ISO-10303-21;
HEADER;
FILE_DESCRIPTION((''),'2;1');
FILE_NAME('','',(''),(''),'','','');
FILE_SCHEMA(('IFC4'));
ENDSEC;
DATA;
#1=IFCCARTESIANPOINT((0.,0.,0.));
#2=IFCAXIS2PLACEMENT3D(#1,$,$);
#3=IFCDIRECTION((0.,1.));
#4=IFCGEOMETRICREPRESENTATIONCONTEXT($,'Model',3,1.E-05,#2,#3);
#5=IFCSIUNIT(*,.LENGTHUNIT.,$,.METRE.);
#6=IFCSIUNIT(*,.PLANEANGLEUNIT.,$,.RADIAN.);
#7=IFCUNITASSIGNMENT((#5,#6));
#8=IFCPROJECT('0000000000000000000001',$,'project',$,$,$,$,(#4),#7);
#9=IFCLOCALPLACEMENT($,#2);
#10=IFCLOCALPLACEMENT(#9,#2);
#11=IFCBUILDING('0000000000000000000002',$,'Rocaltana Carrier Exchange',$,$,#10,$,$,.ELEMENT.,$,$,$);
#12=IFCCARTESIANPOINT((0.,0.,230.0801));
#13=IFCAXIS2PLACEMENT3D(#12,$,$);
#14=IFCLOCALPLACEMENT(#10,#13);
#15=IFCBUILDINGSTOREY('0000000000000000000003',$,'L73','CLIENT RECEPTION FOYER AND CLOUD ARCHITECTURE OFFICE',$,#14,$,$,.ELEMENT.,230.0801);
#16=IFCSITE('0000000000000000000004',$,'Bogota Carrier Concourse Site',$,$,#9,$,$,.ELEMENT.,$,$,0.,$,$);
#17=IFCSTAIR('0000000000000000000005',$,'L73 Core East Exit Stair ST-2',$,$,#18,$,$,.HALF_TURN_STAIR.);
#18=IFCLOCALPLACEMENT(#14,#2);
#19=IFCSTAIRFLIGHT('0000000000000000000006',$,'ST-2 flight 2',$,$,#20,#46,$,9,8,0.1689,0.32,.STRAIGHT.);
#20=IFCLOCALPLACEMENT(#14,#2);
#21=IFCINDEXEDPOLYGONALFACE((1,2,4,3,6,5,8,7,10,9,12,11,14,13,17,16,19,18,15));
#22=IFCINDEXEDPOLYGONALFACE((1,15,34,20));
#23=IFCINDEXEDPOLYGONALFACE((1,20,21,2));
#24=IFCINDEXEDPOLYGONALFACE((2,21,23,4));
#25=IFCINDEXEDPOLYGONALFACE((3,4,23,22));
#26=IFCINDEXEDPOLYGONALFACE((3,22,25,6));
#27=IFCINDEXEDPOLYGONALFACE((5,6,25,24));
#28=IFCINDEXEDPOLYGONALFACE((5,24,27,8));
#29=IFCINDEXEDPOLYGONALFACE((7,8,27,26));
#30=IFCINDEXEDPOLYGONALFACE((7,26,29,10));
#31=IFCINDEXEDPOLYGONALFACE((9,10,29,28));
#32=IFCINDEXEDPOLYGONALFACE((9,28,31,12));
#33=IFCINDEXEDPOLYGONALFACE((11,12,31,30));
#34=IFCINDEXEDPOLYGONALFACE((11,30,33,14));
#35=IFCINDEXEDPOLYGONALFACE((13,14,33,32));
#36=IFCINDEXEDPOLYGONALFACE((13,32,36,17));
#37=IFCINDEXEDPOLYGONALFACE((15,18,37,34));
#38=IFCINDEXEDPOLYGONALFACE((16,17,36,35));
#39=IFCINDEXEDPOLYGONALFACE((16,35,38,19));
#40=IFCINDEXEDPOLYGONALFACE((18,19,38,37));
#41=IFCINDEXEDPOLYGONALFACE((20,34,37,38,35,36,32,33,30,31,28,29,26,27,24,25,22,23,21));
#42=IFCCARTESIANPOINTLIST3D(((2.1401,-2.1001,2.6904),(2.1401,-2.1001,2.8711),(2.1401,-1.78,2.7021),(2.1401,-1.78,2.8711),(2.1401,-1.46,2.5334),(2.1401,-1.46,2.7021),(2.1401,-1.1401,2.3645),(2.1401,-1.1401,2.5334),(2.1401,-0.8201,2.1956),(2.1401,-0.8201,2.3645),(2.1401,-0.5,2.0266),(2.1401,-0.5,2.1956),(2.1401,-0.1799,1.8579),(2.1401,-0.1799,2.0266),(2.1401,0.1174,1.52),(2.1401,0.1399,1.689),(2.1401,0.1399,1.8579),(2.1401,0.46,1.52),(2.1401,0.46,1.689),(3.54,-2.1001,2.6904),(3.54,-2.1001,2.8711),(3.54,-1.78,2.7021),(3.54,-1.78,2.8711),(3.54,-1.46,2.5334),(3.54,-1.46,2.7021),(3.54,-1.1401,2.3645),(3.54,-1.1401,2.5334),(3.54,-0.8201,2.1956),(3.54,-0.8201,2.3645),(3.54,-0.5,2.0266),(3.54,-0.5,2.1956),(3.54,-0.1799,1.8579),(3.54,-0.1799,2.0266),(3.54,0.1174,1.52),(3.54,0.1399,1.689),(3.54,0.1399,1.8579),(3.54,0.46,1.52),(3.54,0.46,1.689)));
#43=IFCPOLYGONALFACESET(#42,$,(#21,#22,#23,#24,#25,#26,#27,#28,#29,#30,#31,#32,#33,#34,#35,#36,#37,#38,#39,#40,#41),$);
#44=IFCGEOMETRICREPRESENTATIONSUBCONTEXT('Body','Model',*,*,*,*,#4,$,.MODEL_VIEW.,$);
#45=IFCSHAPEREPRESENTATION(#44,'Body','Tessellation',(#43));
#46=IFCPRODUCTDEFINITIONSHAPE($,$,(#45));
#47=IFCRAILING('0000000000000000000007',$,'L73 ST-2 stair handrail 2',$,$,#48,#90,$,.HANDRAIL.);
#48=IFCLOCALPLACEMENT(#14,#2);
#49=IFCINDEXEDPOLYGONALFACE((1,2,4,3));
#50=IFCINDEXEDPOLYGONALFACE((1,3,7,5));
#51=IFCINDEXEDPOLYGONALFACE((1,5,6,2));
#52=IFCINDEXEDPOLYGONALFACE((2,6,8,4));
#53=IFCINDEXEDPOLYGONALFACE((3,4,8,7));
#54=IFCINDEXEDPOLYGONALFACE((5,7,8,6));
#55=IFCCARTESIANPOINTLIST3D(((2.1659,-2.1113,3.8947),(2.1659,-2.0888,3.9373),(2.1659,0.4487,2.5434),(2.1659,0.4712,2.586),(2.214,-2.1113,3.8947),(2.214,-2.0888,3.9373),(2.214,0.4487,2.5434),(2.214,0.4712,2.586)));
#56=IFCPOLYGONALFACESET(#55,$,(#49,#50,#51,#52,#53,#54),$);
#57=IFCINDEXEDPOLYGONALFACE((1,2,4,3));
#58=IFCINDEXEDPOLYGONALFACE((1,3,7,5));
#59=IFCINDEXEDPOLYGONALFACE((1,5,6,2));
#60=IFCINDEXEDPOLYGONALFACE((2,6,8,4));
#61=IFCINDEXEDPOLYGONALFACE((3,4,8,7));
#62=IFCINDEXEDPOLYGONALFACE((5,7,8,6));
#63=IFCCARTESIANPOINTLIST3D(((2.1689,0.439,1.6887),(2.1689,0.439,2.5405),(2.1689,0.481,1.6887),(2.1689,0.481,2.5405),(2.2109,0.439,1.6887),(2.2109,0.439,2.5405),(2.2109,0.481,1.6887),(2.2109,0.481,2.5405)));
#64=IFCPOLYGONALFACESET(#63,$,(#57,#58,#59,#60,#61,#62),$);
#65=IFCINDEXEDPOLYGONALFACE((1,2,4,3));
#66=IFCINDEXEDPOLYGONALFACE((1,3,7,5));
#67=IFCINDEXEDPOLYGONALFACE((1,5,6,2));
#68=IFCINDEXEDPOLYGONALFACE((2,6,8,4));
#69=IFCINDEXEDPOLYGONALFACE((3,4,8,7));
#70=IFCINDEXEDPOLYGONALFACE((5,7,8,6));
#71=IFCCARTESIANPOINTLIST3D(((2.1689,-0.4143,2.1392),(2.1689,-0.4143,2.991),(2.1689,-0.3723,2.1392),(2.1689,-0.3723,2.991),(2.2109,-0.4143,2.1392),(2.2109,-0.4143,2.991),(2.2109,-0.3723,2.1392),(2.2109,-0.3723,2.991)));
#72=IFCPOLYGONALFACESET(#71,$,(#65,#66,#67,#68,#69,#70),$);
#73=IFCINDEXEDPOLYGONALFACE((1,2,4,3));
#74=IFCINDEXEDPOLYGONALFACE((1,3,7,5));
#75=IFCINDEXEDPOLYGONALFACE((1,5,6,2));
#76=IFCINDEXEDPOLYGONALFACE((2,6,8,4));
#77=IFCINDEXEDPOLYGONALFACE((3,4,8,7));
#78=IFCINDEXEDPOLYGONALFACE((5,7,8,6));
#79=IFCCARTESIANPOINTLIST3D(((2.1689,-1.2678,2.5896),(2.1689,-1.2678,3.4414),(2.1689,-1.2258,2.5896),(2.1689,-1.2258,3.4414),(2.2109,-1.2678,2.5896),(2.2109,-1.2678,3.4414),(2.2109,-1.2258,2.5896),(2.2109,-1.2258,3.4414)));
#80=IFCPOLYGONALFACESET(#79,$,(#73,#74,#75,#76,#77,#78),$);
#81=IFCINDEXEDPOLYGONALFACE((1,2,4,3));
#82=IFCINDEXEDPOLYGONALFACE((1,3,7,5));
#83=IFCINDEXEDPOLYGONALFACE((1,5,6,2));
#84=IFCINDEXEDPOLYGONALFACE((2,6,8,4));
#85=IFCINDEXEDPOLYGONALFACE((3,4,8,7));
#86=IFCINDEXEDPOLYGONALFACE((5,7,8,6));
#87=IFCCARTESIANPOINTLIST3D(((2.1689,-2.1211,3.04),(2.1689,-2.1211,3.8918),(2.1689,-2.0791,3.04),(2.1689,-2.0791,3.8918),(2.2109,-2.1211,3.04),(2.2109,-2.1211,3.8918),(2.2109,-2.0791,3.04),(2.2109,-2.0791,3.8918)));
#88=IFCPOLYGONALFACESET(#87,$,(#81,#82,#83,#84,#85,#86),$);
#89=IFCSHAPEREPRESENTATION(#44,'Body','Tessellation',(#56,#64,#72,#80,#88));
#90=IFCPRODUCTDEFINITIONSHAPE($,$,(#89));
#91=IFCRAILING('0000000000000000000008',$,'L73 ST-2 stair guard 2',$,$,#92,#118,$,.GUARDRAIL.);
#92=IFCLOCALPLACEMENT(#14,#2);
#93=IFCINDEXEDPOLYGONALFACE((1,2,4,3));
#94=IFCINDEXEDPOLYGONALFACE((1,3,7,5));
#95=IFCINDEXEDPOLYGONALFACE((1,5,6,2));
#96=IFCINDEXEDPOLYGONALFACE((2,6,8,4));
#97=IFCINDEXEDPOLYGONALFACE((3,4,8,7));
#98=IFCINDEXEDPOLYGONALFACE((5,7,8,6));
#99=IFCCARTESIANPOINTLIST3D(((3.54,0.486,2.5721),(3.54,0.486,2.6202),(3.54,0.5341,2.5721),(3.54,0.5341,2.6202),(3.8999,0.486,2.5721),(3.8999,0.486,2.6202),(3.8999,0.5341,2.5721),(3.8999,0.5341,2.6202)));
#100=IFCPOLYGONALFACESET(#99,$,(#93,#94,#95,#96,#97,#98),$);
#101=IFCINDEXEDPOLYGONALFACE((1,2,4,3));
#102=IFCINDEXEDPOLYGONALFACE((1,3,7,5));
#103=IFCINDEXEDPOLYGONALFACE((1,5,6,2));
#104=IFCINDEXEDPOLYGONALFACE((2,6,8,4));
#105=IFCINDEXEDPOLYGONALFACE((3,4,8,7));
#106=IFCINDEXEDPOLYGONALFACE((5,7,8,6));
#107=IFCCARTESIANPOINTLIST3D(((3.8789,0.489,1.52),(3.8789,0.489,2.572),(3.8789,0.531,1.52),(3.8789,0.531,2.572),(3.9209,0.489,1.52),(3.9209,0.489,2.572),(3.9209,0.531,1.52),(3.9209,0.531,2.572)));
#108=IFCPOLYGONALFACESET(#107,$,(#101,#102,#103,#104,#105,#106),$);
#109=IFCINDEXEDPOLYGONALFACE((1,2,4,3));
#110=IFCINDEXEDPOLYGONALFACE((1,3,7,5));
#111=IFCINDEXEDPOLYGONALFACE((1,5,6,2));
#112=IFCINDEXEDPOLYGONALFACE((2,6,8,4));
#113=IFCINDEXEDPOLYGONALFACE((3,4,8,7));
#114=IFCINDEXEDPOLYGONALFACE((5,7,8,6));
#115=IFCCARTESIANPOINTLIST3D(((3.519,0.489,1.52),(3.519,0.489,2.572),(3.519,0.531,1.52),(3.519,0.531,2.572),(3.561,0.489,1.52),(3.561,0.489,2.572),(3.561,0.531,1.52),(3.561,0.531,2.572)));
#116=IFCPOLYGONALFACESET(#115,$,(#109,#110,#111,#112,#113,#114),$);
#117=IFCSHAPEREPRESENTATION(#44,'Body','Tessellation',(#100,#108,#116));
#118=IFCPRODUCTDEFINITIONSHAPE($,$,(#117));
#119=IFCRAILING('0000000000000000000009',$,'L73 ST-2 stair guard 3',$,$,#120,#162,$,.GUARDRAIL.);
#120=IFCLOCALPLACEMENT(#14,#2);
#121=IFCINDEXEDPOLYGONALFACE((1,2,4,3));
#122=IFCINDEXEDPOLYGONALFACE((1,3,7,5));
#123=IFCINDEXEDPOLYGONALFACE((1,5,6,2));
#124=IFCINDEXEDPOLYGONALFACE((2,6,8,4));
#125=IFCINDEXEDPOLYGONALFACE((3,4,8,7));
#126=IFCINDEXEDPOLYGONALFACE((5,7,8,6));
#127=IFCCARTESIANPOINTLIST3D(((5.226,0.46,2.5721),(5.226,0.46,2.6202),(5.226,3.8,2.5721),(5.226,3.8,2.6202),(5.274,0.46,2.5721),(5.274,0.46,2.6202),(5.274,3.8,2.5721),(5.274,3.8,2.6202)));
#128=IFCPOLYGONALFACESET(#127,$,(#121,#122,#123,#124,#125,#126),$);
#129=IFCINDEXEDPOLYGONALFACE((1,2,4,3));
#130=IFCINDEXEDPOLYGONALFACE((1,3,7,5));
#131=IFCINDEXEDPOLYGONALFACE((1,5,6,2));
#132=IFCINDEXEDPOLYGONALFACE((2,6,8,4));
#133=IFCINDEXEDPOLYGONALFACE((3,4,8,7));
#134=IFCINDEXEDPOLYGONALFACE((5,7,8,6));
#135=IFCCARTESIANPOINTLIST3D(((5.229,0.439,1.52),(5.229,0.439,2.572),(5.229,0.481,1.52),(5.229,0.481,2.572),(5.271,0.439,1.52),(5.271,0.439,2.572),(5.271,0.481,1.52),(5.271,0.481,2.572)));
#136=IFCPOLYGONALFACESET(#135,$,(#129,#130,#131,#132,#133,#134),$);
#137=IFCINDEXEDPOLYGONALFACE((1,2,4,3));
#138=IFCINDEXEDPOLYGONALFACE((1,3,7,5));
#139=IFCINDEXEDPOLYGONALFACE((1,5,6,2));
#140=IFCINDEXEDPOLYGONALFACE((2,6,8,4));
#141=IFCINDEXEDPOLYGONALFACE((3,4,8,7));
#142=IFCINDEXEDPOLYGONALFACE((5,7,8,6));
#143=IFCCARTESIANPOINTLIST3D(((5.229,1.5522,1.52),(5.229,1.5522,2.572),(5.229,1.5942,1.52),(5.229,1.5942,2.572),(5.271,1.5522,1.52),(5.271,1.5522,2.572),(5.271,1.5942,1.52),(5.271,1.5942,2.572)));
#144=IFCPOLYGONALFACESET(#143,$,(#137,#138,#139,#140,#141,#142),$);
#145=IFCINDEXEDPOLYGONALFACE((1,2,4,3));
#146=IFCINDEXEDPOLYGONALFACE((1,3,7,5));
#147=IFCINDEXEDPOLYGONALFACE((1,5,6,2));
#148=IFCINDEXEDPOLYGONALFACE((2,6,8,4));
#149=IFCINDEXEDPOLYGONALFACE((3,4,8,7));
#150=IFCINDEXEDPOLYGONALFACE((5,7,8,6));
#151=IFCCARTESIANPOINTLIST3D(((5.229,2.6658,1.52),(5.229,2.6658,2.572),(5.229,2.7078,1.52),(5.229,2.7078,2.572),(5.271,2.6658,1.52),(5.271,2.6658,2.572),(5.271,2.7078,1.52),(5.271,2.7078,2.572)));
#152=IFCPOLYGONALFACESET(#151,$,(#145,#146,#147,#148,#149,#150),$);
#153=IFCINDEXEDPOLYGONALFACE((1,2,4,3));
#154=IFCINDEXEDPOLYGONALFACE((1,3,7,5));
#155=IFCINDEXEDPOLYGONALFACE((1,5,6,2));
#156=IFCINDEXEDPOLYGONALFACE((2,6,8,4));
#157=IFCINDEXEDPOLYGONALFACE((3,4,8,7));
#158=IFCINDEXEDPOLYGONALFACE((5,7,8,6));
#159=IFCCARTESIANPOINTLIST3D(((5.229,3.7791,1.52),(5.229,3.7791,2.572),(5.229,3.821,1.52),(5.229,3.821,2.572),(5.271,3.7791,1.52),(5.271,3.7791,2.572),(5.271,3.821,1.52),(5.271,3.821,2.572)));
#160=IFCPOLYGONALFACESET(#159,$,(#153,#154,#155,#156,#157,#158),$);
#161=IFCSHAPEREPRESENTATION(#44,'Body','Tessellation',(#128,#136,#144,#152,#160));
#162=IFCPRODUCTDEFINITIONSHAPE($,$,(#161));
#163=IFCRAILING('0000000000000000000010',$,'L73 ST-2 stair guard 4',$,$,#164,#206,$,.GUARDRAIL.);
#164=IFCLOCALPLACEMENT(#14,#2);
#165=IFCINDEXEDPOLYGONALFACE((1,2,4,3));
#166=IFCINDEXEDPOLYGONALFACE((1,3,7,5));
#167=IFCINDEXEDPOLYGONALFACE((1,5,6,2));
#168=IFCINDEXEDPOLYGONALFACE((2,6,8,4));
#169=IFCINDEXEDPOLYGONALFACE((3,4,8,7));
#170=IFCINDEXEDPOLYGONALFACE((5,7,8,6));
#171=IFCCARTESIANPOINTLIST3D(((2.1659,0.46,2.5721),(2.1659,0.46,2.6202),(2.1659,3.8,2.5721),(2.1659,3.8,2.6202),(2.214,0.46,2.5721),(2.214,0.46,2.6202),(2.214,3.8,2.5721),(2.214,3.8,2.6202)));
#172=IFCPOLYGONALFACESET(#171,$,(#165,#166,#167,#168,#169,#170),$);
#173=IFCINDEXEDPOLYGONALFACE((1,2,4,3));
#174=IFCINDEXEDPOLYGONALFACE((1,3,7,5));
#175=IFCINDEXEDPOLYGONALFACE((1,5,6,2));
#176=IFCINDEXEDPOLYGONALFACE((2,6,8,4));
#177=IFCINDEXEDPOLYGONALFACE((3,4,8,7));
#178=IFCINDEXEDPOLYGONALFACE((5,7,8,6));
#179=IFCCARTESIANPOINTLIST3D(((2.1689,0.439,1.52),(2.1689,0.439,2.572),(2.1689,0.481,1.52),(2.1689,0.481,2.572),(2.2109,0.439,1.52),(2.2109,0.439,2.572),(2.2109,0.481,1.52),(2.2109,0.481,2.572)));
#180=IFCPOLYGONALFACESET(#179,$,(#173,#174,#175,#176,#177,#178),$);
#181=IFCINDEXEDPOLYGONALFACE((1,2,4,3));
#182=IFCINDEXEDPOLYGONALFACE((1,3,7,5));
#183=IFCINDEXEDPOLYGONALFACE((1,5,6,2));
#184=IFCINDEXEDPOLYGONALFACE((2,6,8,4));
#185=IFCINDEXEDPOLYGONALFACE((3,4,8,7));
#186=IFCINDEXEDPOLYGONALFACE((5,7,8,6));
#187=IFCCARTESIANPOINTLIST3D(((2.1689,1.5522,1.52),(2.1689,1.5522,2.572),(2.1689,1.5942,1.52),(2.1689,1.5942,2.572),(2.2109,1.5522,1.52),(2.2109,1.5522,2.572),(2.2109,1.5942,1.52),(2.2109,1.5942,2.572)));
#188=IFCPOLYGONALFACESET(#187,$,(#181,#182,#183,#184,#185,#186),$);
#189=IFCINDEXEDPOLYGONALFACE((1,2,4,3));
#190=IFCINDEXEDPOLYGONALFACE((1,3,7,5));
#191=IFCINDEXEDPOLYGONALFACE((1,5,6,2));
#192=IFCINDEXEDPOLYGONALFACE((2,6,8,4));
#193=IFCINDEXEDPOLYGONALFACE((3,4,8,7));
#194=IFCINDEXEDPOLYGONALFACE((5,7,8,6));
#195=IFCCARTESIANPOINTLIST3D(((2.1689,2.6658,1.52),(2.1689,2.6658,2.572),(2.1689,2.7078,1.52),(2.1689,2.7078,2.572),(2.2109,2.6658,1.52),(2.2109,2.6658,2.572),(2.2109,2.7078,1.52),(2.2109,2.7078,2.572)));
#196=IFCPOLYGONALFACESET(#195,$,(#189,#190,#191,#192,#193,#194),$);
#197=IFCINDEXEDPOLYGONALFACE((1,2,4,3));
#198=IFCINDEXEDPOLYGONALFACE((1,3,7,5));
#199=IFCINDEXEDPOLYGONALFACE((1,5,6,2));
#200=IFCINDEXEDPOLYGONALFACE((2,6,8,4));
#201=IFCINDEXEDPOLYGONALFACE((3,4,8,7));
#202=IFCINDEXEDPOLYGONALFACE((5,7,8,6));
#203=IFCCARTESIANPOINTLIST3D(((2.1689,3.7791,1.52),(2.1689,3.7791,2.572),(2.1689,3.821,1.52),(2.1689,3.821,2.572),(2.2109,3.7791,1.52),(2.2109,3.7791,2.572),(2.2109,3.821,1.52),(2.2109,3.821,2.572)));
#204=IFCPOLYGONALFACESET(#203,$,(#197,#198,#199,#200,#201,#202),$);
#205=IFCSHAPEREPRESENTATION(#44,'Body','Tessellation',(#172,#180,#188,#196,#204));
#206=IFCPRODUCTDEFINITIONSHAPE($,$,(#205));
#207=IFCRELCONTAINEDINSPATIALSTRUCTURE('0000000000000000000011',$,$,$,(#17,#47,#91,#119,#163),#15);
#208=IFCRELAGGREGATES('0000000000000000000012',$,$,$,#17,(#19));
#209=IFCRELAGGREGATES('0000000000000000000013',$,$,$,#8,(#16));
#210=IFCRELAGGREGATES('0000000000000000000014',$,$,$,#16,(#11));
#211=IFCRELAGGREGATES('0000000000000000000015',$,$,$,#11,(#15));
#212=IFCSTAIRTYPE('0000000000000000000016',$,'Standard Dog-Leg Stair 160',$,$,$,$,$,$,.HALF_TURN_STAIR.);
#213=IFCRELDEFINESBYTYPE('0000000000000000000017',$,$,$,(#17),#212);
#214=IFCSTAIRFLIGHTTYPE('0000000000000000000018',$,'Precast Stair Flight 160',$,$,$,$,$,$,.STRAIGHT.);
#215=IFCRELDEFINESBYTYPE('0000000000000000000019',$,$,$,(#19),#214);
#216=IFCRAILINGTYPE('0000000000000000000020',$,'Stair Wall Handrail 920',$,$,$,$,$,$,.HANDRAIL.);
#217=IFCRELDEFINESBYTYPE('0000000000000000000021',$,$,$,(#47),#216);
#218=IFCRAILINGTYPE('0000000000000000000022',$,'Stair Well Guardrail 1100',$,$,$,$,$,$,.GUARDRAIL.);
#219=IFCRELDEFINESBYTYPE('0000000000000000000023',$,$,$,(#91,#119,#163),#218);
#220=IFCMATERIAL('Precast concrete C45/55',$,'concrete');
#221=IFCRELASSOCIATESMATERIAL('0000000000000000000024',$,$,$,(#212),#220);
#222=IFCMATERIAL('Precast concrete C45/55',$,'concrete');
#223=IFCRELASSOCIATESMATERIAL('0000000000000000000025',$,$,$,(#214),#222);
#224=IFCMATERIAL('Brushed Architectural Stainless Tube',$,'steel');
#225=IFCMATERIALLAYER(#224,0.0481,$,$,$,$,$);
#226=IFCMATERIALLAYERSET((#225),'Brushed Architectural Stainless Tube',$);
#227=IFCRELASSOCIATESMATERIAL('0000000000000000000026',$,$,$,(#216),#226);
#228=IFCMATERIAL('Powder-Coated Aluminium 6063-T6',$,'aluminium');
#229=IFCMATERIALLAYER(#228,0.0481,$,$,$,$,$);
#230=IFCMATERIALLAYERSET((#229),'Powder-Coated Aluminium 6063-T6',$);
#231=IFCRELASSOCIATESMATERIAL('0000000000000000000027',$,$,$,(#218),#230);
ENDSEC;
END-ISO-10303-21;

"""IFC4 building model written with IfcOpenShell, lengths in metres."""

from ifc_helpers import new_model, si_unit, direction, frame, origin, origin_2d, place, context, subcontext, project, spatial, polyline, rectangle, outline, extrude, material, layer, layer_set, type_object, element, aggregate, save


model = new_model("IFC4")

# Units and contexts
model_context = context("Model", 3, precision=1e-05, world=origin(), true_north=direction((0.0, 1.0)))
body_context = subcontext(model_context, "Body", "Model", "MODEL_VIEW")
ifc_project = project(units=[si_unit("LENGTHUNIT", "METRE"), si_unit("PLANEANGLEUNIT", "RADIAN")], contexts=[model_context])

# Site, building, storey
site_placement = place(None, origin())
site = spatial("IfcSite", under=ifc_project, at=site_placement, Name="Bogota Carrier Concourse Site", CompositionType="ELEMENT", RefElevation=0.0)
building_placement = place(site_placement, origin())
building = spatial("IfcBuilding", under=site, at=building_placement, Name="Rocaltana Carrier Exchange", CompositionType="ELEMENT")
storey_placement = place(building_placement, frame((0.0, 0.0, 230.0801)))
storey = spatial("IfcBuildingStorey", under=building, at=storey_placement, Name="L73", Description="CLIENT RECEPTION FOYER AND CLOUD ARCHITECTURE OFFICE", CompositionType="ELEMENT", Elevation=230.0801)

# Stair, stair flight
ifc_material_1 = material(Name="Precast concrete C45/55", Category="concrete")
stair_type = type_object("IfcStairType", Name="Standard Dog-Leg Stair 160", PredefinedType="HALF_TURN_STAIR", material=ifc_material_1)
stair_placement = place(storey_placement, origin())
stair = element("IfcStair", 1, at=stair_placement, inside=storey, type_object=stair_type, Name="L73 Core East Exit Stair ST-2", PredefinedType="HALF_TURN_STAIR")
ifc_material_2 = material(Name="Precast concrete C45/55", Category="concrete")
stair_flight_type = type_object("IfcStairFlightType", Name="Precast Stair Flight 160", PredefinedType="STRAIGHT", material=ifc_material_2)
stair_flight_placement = place(storey_placement, frame((2.8401, 0.46, 1.52), z_axis=(0.0, 0.0, 1.0), x_axis=(0.0, -1.0, 0.0)))
stair_flight = element("IfcStairFlight", 2, at=stair_flight_placement, type_object=stair_flight_type, Name="ST-2 flight 2", NumberOfRisers=9, NumberOfTreads=8, PredefinedType="STRAIGHT", RiserHeight=0.1689, TreadLength=0.32, context=body_context, shape_type="SweptSolid", body=[
    extrude(outline(polyline([(0.0, 0.0), (0.0, 0.1689), (0.3201, 0.1689), (0.3201, 0.3379), (0.6399, 0.3379), (0.6399, 0.5066), (0.96, 0.5066), (0.96, 0.6755), (1.28, 0.6755), (1.28, 0.8445), (1.6001, 0.8445), (1.6001, 1.0134), (1.9199, 1.0134), (1.9199, 1.1821), (2.24, 1.1821), (2.24, 1.3511), (2.5601, 1.3511), (2.5601, 1.52), (2.5601, 1.1704), (0.3425, 0.0), (0.0, 0.0)])), frame((0.0, 0.7, 0.0), z_axis=(0.0, -1.0, 0.0), x_axis=(1.0, 0.0, 0.0)), (0.0, 0.0, 1.0), 1.3999),
])
aggregate(stair, [stair_flight])

# Railings
ifc_material_3 = material(Name="Brushed Architectural Stainless Tube", Category="steel")
ifc_layer_1 = layer(ifc_material_3, 0.0481)
ifc_layer_set_1 = layer_set([ifc_layer_1], Name="Brushed Architectural Stainless Tube")
railing_type_1 = type_object("IfcRailingType", Name="Stair Wall Handrail 920", PredefinedType="HANDRAIL", material=ifc_layer_set_1)
railing_1_placement = place(storey_placement, frame((2.1899, 0.46, 1.6887)))
element("IfcRailing", 3, at=railing_1_placement, inside=storey, type_object=railing_type_1, Name="L73 ST-2 stair handrail 2", PredefinedType="HANDRAIL", context=body_context, shape_type="SweptSolid", body=[
    extrude(rectangle(XDim=0.0481, YDim=0.0481, at=origin_2d()), frame((0.0, 0.0, 0.876), z_axis=(0.0, -0.88436, 0.466806), x_axis=(1.0, 0.0, 0.0)), (0.0, 0.0, 1.0), 2.8948),
    extrude(rectangle(XDim=0.042, YDim=0.042, at=origin_2d()), origin(), (0.0, 0.0, 1.0), 0.8518),
    extrude(rectangle(XDim=0.042, YDim=0.042, at=origin_2d()), frame((0.0, -0.8533, 0.4504)), (0.0, 0.0, 1.0), 0.8518),
    extrude(rectangle(XDim=0.042, YDim=0.042, at=origin_2d()), frame((0.0, -1.7068, 0.9009)), (0.0, 0.0, 1.0), 0.8518),
    extrude(rectangle(XDim=0.042, YDim=0.042, at=origin_2d()), frame((0.0, -2.5601, 1.3513)), (0.0, 0.0, 1.0), 0.8518),
])
ifc_material_4 = material(Name="Powder-Coated Aluminium 6063-T6", Category="aluminium")
ifc_layer_2 = layer(ifc_material_4, 0.0481)
ifc_layer_set_2 = layer_set([ifc_layer_2], Name="Powder-Coated Aluminium 6063-T6")
railing_type_2 = type_object("IfcRailingType", Name="Stair Well Guardrail 1100", PredefinedType="GUARDRAIL", material=ifc_layer_set_2)
railing_2_placement = place(storey_placement, frame((3.8999, 0.51, 1.52)))
element("IfcRailing", 4, at=railing_2_placement, inside=storey, type_object=railing_type_2, Name="L73 ST-2 stair guard 2", PredefinedType="GUARDRAIL", context=body_context, shape_type="SweptSolid", body=[
    extrude(rectangle(XDim=0.0481, YDim=0.0481, at=origin_2d()), frame((0.0, 0.0, 1.0762), z_axis=(-1.0, 0.0, 0.0), x_axis=(0.0, -1.0, 0.0)), (0.0, 0.0, 1.0), 0.3599),
    extrude(rectangle(XDim=0.042, YDim=0.042, at=origin_2d()), origin(), (0.0, 0.0, 1.0), 1.052),
    extrude(rectangle(XDim=0.042, YDim=0.042, at=origin_2d()), frame((-0.3599, 0.0, 0.0)), (0.0, 0.0, 1.0), 1.052),
])
for number, where, name in (
    (5, (5.25, 0.46, 1.52), "L73 ST-2 stair guard 3"),
    (6, (2.1899, 0.46, 1.52), "L73 ST-2 stair guard 4"),
):
    element("IfcRailing", number, at=place(storey_placement, frame(where)), inside=storey, type_object=railing_type_2, Name=name, PredefinedType="GUARDRAIL", context=body_context, shape_type="SweptSolid", body=[
        extrude(rectangle(XDim=0.0481, YDim=0.0481, at=origin_2d()), frame((0.0, 0.0, 1.0762), z_axis=(0.0, 1.0, 0.0), x_axis=(-1.0, 0.0, 0.0)), (0.0, 0.0, 1.0), 3.3401),
        extrude(rectangle(XDim=0.042, YDim=0.042, at=origin_2d()), origin(), (0.0, 0.0, 1.0), 1.052),
        extrude(rectangle(XDim=0.042, YDim=0.042, at=origin_2d()), frame((0.0, 1.1133, 0.0)), (0.0, 0.0, 1.0), 1.052),
        extrude(rectangle(XDim=0.042, YDim=0.042, at=origin_2d()), frame((0.0, 2.2268, 0.0)), (0.0, 0.0, 1.0), 1.052),
        extrude(rectangle(XDim=0.042, YDim=0.042, at=origin_2d()), frame((0.0, 3.3401, 0.0)), (0.0, 0.0, 1.0), 1.052),
    ])

save(model, "model.ifc")
